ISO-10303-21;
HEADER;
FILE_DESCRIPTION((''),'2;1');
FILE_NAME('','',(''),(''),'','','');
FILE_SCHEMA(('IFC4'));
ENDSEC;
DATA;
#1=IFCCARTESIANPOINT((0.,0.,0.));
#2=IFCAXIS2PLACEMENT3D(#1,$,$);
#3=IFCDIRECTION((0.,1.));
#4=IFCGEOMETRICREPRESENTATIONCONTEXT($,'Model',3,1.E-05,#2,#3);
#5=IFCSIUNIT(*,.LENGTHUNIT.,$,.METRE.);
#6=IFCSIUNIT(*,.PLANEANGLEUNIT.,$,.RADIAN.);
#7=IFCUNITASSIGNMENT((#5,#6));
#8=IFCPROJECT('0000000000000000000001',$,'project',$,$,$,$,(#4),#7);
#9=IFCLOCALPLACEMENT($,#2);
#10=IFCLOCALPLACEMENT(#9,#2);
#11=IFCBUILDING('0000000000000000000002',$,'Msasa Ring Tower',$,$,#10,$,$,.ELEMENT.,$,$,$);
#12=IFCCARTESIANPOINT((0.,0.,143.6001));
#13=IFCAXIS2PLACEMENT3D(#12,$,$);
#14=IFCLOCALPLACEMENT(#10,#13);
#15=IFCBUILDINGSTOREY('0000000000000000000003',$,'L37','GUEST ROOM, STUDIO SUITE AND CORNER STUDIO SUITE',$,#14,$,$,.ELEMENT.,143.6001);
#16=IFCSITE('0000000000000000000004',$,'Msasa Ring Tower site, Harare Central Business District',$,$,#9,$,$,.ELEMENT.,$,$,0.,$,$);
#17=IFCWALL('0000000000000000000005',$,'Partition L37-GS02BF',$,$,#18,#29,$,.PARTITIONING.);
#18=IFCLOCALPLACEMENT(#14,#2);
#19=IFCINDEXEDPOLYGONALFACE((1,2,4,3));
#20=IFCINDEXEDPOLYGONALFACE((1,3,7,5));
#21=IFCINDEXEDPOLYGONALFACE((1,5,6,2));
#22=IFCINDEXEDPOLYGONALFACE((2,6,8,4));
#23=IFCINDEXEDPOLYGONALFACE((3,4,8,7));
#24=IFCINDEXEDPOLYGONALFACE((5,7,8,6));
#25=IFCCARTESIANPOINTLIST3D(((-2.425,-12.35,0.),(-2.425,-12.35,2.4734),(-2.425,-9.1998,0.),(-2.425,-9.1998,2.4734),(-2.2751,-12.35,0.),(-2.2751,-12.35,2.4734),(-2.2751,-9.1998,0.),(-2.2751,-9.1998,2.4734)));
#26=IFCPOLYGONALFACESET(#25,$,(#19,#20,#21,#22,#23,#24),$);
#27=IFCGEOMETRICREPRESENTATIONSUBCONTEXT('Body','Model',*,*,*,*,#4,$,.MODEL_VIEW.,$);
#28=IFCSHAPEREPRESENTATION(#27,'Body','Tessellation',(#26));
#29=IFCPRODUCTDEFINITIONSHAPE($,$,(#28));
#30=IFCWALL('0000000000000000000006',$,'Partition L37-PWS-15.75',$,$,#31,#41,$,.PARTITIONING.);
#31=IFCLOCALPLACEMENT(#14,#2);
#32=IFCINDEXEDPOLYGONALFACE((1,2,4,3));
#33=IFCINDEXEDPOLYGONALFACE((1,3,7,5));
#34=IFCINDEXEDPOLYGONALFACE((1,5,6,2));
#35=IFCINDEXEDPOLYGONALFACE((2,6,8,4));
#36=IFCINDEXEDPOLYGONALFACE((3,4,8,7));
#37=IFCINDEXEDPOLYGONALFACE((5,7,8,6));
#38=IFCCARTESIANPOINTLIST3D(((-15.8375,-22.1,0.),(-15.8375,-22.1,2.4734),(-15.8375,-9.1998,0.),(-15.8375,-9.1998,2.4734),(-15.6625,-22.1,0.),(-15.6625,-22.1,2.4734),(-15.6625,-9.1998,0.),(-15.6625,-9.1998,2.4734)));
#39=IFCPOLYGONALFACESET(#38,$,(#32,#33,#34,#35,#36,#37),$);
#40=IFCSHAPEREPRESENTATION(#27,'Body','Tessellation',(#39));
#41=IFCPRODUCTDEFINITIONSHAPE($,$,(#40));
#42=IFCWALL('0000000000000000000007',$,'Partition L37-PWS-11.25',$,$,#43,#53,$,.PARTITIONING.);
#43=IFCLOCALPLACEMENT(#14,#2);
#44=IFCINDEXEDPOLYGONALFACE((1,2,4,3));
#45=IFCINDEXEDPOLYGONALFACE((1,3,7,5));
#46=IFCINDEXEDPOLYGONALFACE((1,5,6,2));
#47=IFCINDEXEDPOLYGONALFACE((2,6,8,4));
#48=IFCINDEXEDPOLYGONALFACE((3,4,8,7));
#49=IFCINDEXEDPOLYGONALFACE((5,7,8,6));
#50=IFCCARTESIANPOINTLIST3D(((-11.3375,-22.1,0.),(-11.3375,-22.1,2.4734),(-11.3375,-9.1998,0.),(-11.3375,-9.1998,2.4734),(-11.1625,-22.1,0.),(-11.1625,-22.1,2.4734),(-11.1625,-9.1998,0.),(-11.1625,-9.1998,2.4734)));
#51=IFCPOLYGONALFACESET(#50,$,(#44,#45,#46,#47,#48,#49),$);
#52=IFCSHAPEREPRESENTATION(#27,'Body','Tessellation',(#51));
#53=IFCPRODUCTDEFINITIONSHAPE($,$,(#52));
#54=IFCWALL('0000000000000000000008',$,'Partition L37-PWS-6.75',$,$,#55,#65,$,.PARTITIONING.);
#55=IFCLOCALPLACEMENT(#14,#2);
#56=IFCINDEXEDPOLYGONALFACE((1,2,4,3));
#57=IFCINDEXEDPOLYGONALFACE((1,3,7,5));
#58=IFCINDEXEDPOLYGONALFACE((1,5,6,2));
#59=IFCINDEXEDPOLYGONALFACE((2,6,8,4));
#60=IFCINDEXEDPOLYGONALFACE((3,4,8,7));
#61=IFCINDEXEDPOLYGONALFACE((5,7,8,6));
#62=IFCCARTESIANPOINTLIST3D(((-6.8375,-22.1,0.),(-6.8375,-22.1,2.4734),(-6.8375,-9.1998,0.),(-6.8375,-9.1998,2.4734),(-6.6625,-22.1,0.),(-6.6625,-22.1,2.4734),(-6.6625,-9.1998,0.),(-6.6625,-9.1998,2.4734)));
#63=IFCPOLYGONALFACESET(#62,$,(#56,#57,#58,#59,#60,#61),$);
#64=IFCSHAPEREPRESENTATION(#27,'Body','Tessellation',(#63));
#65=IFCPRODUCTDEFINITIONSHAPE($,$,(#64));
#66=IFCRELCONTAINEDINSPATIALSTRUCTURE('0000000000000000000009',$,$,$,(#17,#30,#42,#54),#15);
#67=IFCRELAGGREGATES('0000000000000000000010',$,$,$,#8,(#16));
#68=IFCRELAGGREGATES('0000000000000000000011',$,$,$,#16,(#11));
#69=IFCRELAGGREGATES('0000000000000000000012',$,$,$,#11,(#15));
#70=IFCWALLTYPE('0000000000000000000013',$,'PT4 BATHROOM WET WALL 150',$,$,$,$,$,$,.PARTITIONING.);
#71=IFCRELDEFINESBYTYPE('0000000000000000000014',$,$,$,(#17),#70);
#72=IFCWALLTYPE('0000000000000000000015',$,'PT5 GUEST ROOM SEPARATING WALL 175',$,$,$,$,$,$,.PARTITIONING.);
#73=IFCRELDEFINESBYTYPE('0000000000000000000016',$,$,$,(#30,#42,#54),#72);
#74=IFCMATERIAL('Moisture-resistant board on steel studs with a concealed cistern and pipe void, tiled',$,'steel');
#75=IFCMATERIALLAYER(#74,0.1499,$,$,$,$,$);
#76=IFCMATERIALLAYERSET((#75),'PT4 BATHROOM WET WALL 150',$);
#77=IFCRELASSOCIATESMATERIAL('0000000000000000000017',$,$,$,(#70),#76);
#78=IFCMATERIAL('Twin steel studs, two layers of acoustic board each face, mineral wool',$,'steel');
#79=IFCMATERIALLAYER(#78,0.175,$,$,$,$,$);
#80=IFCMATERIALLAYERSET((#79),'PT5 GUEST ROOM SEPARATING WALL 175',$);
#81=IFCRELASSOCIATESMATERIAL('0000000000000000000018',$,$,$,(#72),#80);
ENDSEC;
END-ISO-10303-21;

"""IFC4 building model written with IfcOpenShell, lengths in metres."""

from ifc_helpers import new_model, si_unit, direction, frame, frame_2d, origin, place, context, subcontext, project, spatial, rectangle, extrude, material, layer, layer_set, type_object, element, save


model = new_model("IFC4")

# Units and contexts
model_context = context("Model", 3, precision=1e-05, world=origin(), true_north=direction((0.0, 1.0)))
body_context = subcontext(model_context, "Body", "Model", "MODEL_VIEW")
ifc_project = project(units=[si_unit("LENGTHUNIT", "METRE"), si_unit("PLANEANGLEUNIT", "RADIAN")], contexts=[model_context])

# Site, building, storey
site_placement = place(None, origin())
site = spatial("IfcSite", under=ifc_project, at=site_placement, Name="Msasa Ring Tower site, Harare Central Business District", CompositionType="ELEMENT", RefElevation=0.0)
building_placement = place(site_placement, origin())
building = spatial("IfcBuilding", under=site, at=building_placement, Name="Msasa Ring Tower", CompositionType="ELEMENT")
storey_placement = place(building_placement, frame((0.0, 0.0, 143.6001)))
storey = spatial("IfcBuildingStorey", under=building, at=storey_placement, Name="L37", Description="GUEST ROOM, STUDIO SUITE AND CORNER STUDIO SUITE", CompositionType="ELEMENT", Elevation=143.6001)

# Shared definitions
ifc_material_1 = material(Name="Moisture-resistant board on steel studs with a concealed cistern and pipe void, tiled", Category="steel")
ifc_layer_1 = layer(ifc_material_1, 0.1499)
ifc_layer_set_1 = layer_set([ifc_layer_1], Name="PT4 BATHROOM WET WALL 150")
wall_type_1 = type_object("IfcWallType", Name="PT4 BATHROOM WET WALL 150", PredefinedType="PARTITIONING", material=ifc_layer_set_1)

# Walls
wall_1_placement = place(storey_placement, frame((-2.3501, -12.3501, 0.0), z_axis=(0.0, 0.0, 1.0), x_axis=(0.0, 1.0, 0.0)))
element("IfcWall", 1, at=wall_1_placement, inside=storey, type_object=wall_type_1, Name="Partition L37-GS02BF", PredefinedType="PARTITIONING", context=body_context, shape_type="SweptSolid", body=[
    extrude(rectangle(XDim=3.1501, YDim=0.1499, at=frame_2d((1.5752, 0.0))), origin(), (0.0, 0.0, 1.0), 2.4734),
])
ifc_material_2 = material(Name="Twin steel studs, two layers of acoustic board each face, mineral wool", Category="steel")
ifc_layer_2 = layer(ifc_material_2, 0.175)
ifc_layer_set_2 = layer_set([ifc_layer_2], Name="PT5 GUEST ROOM SEPARATING WALL 175")
wall_type_2 = type_object("IfcWallType", Name="PT5 GUEST ROOM SEPARATING WALL 175", PredefinedType="PARTITIONING", material=ifc_layer_set_2)
for number, where, z_axis, x_axis, name in (
    (2, (-15.75, -22.1001, 0.0), (0.0, 0.0, 1.0), (0.0, 1.0, 0.0), "Partition L37-PWS-15.75"),
    (3, (-11.25, -22.1001, 0.0), (0.0, 0.0, 1.0), (0.0, 1.0, 0.0), "Partition L37-PWS-11.25"),
    (4, (-6.75, -22.1001, 0.0), (0.0, 0.0, 1.0), (0.0, 1.0, 0.0), "Partition L37-PWS-6.75"),
):
    element("IfcWall", number, at=place(storey_placement, frame(where, z_axis=z_axis, x_axis=x_axis)), inside=storey, type_object=wall_type_2, Name=name, PredefinedType="PARTITIONING", context=body_context, shape_type="SweptSolid", body=[
        extrude(rectangle(XDim=12.9001, YDim=0.175, at=frame_2d((6.4502, 0.0))), origin(), (0.0, 0.0, 1.0), 2.4734),
    ])

save(model, "model.ifc")
